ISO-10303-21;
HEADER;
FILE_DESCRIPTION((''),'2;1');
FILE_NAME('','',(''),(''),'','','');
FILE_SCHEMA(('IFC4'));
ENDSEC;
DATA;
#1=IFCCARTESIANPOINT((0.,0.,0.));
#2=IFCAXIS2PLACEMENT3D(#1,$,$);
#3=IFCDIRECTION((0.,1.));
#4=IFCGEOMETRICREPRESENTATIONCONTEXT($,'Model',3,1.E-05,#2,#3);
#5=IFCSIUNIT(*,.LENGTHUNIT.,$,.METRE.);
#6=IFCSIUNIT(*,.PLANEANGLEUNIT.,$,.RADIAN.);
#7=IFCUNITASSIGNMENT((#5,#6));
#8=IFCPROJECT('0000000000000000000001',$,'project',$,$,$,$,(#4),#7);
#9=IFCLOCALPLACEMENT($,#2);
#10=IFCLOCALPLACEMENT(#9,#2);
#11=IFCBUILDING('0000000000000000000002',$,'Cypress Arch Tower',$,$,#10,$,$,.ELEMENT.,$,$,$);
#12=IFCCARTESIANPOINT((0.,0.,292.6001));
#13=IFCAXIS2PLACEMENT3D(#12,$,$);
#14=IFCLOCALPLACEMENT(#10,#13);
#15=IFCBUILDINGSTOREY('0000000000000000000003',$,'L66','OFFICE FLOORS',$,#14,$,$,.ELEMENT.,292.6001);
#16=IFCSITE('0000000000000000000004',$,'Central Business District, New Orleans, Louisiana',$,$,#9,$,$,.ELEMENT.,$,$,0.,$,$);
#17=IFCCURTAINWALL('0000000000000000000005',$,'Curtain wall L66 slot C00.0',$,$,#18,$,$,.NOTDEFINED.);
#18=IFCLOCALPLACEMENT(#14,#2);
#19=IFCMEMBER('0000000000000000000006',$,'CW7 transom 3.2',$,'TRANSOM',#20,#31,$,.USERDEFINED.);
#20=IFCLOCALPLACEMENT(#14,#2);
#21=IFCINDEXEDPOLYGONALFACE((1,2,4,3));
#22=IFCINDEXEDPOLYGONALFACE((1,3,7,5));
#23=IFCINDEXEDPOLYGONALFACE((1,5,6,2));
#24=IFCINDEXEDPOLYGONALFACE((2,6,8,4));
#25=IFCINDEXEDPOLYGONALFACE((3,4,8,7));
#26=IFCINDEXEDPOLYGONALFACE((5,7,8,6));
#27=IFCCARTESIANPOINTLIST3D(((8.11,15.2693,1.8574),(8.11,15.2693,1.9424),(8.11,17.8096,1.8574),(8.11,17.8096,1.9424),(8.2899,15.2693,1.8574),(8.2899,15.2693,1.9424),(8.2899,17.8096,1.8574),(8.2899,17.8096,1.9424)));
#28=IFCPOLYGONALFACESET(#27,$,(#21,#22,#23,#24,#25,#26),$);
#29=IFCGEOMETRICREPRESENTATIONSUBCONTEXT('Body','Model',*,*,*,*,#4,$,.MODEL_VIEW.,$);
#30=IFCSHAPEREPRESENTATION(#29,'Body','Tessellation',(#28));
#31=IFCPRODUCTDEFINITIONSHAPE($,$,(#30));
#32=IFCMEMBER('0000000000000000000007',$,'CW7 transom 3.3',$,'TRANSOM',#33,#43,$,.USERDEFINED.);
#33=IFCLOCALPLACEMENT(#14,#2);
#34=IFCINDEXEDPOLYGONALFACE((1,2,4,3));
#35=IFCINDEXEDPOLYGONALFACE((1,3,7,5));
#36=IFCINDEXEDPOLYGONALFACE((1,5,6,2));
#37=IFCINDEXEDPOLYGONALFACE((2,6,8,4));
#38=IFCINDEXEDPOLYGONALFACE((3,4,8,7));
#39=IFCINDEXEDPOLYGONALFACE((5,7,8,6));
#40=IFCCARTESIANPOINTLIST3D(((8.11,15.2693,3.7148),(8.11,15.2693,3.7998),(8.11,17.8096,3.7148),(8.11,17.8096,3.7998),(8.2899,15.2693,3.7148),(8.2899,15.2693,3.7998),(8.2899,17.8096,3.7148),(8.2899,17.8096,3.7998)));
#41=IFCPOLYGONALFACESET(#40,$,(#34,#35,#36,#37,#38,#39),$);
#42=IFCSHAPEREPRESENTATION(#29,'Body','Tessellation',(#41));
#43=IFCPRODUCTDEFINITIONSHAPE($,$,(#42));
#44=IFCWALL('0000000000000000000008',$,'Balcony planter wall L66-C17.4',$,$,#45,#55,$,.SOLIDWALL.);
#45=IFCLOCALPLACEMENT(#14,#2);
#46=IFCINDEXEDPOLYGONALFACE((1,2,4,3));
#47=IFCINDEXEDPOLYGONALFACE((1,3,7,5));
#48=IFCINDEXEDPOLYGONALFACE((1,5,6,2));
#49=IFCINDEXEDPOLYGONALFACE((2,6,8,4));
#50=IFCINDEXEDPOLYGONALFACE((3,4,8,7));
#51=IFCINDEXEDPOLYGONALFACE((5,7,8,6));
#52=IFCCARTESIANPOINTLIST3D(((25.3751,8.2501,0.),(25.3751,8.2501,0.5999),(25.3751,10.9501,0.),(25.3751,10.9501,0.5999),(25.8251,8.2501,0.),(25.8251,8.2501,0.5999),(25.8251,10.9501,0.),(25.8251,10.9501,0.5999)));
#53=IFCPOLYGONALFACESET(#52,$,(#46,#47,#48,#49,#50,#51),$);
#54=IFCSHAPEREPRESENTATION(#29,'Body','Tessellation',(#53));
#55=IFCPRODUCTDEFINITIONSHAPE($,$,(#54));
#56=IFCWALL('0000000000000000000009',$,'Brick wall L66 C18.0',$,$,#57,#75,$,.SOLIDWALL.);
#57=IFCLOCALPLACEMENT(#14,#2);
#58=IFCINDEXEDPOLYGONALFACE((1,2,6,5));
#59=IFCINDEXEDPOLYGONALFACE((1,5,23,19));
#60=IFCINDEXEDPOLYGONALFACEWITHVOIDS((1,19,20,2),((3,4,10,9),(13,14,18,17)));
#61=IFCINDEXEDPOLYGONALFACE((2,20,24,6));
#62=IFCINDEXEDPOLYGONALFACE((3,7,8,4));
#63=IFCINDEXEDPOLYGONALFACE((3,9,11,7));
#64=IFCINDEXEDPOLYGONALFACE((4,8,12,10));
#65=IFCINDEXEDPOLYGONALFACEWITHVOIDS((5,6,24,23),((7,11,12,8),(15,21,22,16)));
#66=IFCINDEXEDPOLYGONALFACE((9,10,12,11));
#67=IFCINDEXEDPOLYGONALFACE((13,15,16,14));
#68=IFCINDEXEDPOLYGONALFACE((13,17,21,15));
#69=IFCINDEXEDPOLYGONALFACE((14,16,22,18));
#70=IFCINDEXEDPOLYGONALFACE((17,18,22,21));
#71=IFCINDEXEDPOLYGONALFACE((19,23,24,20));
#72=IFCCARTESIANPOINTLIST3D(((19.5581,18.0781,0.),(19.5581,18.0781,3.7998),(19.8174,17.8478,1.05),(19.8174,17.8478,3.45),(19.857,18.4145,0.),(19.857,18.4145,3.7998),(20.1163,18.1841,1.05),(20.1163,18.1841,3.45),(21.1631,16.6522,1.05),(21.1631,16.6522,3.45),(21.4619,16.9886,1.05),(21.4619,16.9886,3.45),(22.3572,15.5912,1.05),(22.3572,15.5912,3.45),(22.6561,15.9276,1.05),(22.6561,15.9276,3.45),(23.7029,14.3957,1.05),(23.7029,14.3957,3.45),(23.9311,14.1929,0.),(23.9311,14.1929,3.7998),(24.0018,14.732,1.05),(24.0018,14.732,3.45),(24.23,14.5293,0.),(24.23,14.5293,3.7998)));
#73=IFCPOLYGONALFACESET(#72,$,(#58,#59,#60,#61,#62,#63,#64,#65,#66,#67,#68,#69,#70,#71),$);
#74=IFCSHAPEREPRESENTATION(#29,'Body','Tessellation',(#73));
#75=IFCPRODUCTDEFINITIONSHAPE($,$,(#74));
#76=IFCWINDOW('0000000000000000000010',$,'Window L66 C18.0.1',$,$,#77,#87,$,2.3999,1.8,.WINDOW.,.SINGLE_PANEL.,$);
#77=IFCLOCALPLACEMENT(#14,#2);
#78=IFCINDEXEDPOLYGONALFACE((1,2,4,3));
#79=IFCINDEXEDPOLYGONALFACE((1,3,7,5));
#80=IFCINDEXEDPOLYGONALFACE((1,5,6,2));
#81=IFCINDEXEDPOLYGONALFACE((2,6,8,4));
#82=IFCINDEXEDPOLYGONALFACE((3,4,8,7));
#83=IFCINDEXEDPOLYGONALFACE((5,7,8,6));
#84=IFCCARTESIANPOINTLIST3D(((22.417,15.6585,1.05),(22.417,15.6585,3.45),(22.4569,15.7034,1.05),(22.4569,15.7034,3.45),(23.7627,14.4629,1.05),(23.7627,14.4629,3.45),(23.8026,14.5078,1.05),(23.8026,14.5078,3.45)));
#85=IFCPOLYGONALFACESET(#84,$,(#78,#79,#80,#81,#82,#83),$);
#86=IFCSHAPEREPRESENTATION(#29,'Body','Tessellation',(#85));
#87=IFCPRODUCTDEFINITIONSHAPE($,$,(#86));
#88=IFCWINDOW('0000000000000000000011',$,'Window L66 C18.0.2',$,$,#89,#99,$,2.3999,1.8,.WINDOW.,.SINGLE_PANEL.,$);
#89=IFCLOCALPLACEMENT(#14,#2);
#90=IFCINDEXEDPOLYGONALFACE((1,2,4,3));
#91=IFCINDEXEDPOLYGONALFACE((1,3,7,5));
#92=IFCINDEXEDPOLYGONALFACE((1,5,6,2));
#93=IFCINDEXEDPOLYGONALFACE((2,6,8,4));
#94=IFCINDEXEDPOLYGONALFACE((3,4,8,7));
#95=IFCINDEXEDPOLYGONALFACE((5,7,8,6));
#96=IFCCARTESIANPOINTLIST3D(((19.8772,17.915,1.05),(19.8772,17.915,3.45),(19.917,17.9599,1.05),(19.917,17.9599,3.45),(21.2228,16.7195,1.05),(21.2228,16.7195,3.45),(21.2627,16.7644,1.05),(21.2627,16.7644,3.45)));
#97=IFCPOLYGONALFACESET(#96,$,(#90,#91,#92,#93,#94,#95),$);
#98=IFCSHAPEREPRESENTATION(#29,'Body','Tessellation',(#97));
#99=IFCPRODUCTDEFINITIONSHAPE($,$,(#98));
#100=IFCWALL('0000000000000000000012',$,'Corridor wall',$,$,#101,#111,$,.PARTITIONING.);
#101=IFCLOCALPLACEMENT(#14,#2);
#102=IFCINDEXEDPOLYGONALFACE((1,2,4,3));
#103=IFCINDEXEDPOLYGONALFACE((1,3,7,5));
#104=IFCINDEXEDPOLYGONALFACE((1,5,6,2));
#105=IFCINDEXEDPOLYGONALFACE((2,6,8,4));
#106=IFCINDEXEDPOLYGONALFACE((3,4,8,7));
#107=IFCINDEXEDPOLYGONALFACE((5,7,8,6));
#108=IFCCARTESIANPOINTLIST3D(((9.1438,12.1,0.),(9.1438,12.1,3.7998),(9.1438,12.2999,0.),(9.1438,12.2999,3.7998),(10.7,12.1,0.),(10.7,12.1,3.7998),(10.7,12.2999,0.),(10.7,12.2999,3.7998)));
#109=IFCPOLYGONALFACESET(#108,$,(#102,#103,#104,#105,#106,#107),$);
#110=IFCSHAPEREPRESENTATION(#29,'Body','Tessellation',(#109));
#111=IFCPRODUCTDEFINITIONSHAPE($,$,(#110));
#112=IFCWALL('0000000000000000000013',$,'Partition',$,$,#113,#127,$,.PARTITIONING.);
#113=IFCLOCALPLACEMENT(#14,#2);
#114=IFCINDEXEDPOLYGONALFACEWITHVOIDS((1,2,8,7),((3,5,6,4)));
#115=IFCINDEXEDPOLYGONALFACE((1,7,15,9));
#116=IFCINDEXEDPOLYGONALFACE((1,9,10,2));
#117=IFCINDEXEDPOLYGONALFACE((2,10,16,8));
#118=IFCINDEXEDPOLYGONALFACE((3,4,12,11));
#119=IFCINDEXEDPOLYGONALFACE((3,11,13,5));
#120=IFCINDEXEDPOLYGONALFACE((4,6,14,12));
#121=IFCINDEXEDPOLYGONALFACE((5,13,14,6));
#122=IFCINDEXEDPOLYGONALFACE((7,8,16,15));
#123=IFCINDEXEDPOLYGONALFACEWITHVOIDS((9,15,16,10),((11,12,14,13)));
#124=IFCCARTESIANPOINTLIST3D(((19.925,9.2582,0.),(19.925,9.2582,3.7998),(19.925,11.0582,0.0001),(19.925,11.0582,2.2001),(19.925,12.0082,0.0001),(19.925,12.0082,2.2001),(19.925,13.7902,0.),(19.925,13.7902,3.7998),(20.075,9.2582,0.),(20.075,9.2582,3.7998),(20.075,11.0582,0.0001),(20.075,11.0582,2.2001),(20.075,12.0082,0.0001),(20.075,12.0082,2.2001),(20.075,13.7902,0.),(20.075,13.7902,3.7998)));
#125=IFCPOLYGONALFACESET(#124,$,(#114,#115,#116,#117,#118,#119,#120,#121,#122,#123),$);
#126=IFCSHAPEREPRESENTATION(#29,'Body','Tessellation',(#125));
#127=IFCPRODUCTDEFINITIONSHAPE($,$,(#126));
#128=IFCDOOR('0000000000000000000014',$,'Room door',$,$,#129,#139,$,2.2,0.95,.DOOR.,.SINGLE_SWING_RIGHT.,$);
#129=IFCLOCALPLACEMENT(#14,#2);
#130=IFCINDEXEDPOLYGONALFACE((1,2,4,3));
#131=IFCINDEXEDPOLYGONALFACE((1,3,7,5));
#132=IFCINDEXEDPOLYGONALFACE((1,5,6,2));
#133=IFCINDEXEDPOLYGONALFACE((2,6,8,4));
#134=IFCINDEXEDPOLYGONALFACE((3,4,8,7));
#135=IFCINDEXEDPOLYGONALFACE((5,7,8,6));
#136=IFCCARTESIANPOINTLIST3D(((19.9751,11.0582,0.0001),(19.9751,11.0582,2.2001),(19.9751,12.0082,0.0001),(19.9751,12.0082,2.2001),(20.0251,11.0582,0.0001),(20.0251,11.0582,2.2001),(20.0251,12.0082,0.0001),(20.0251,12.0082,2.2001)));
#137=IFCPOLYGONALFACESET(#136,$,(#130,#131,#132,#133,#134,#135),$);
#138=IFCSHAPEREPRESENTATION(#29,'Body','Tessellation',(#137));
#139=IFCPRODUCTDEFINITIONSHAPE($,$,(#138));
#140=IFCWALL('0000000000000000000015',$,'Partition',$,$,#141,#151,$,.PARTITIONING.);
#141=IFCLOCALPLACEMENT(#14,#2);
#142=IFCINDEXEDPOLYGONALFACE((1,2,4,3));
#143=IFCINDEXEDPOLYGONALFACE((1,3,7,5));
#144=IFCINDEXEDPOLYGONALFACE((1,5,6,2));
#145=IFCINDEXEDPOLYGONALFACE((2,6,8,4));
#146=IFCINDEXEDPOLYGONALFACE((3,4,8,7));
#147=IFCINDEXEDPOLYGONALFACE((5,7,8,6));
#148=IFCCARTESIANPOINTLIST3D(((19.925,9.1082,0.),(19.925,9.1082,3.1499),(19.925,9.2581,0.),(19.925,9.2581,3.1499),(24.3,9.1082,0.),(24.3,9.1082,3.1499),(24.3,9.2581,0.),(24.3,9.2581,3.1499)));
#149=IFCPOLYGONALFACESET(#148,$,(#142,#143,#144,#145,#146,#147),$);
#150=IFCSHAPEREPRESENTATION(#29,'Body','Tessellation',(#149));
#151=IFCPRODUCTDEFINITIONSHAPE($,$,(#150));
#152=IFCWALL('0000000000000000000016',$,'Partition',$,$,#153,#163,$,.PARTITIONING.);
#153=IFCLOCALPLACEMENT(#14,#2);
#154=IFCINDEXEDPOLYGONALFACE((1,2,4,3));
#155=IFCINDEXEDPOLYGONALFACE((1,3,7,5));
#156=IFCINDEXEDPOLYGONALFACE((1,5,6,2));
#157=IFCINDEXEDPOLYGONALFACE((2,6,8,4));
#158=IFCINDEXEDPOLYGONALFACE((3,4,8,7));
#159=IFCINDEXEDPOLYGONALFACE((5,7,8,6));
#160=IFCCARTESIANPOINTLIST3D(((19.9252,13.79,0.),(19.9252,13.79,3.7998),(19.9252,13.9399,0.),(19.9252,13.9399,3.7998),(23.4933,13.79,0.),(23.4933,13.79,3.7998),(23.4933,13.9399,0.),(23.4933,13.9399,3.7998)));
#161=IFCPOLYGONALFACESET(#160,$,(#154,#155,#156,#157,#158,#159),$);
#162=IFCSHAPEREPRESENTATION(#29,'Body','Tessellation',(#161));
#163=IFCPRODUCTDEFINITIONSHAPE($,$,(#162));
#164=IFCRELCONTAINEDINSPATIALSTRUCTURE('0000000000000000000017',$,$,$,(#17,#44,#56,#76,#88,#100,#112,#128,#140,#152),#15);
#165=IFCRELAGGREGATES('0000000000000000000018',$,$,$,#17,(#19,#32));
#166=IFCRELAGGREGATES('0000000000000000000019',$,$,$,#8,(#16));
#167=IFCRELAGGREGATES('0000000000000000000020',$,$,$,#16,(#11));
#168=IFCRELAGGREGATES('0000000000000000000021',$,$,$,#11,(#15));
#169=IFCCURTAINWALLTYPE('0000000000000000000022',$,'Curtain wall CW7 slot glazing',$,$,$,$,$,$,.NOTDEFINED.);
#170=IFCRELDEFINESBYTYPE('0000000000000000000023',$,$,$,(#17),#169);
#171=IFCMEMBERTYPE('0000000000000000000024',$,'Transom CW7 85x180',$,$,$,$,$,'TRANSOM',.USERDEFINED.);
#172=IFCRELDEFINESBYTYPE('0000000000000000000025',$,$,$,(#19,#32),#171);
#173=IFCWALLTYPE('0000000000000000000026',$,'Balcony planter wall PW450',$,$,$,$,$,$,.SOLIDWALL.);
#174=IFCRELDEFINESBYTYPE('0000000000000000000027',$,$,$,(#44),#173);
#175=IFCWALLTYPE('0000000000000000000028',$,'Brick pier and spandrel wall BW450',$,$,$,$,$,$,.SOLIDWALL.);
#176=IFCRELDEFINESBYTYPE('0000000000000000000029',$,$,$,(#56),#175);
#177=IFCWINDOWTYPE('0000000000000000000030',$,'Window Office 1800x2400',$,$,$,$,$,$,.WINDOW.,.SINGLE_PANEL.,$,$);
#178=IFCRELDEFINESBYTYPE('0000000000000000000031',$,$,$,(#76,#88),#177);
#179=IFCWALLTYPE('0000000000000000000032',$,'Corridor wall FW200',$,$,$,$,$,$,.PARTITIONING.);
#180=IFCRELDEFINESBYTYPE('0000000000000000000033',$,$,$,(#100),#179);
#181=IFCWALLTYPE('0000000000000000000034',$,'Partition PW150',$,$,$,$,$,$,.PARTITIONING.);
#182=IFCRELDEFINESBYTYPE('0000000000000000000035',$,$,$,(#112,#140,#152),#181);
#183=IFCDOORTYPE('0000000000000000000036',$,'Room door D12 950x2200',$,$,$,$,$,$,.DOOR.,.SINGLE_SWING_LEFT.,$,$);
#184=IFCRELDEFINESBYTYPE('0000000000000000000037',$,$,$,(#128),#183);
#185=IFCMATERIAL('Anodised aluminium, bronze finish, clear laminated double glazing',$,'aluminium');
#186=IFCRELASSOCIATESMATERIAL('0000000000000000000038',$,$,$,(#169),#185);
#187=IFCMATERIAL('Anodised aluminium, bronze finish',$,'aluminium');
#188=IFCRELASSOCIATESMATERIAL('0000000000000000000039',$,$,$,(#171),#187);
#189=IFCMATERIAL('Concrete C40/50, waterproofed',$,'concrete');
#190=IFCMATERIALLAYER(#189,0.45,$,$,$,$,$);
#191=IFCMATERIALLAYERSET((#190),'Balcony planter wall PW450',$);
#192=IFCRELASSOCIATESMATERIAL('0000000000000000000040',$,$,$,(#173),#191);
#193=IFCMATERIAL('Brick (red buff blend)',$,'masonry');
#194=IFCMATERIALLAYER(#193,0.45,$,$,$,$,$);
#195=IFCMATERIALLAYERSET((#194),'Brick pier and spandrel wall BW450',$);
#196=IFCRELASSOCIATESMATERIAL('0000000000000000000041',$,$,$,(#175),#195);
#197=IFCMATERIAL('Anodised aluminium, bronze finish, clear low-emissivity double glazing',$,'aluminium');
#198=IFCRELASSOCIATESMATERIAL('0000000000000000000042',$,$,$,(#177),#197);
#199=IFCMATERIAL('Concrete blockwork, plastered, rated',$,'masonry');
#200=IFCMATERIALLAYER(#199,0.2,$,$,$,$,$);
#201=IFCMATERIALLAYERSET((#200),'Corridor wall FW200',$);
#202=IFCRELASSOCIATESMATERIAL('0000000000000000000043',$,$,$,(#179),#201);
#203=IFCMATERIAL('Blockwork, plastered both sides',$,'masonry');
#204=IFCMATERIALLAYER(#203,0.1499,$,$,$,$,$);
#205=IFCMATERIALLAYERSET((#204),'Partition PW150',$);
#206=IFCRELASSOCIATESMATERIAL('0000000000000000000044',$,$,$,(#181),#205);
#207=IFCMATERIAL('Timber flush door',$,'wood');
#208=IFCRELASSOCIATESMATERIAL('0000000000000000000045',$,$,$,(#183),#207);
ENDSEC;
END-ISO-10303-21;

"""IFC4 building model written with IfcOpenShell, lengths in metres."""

from ifc_helpers import new_model, si_unit, direction, frame, frame_2d, origin, origin_2d, place, context, subcontext, project, spatial, rectangle, extrude, material, layer, layer_set, material_profile, profile_set, type_object, element, fill, aggregate, save


model = new_model("IFC4")

# Units and contexts
model_context = context("Model", 3, precision=1e-05, world=origin(), true_north=direction((0.0, 1.0)))
body_context = subcontext(model_context, "Body", "Model", "MODEL_VIEW")
ifc_project = project(units=[si_unit("LENGTHUNIT", "METRE"), si_unit("PLANEANGLEUNIT", "RADIAN")], contexts=[model_context])

# Site, building, storey
site_placement = place(None, origin())
site = spatial("IfcSite", under=ifc_project, at=site_placement, Name="Central Business District, New Orleans, Louisiana", CompositionType="ELEMENT", RefElevation=0.0)
building_placement = place(site_placement, origin())
building = spatial("IfcBuilding", under=site, at=building_placement, Name="Cypress Arch Tower", CompositionType="ELEMENT")
storey_placement = place(building_placement, frame((0.0, 0.0, 292.6001)))
storey = spatial("IfcBuildingStorey", under=building, at=storey_placement, Name="L66", Description="OFFICE FLOORS", CompositionType="ELEMENT", Elevation=292.6001)

# Curtain wall
ifc_material_1 = material(Name="Anodised aluminium, bronze finish, clear laminated double glazing", Category="aluminium")
curtain_wall_type = type_object("IfcCurtainWallType", Name="Curtain wall CW7 slot glazing", PredefinedType="NOTDEFINED", material=ifc_material_1)
curtain_wall_placement = place(storey_placement, origin())
curtain_wall = element("IfcCurtainWall", 1, at=curtain_wall_placement, inside=storey, type_object=curtain_wall_type, Name="Curtain wall L66 slot C00.0", PredefinedType="NOTDEFINED")

# Members
ifc_material_2 = material(Name="Anodised aluminium, bronze finish", Category="aluminium")
ifc_material_profile_1 = material_profile(ifc_material_2, rectangle(XDim=0.1799, YDim=0.085, at=origin_2d()), Name="Transom 85x180")
ifc_profile_set_1 = profile_set([ifc_material_profile_1], Name="Anodised aluminium, bronze finish")
member_type_1 = type_object("IfcMemberType", Name="Transom CW7 85x180", ElementType="TRANSOM", PredefinedType="USERDEFINED", material=ifc_profile_set_1)
member_1_placement = place(storey_placement, frame((8.2, 17.8096, 1.8999), z_axis=(0.0, -1.0, 0.0), x_axis=(1.0, 0.0, 0.0)))
member_1 = element("IfcMember", 2, at=member_1_placement, type_object=member_type_1, Name="CW7 transom 3.2", ObjectType="TRANSOM", PredefinedType="USERDEFINED", context=body_context, shape_type="SweptSolid", body=[
    extrude(rectangle(XDim=0.1799, YDim=0.085, at=origin_2d()), origin(), (0.0, 0.0, 1.0), 2.5403),
])
member_2_placement = place(storey_placement, frame((8.2, 17.8096, 3.7573), z_axis=(0.0, -1.0, 0.0), x_axis=(1.0, 0.0, 0.0)))
member_2 = element("IfcMember", 3, at=member_2_placement, type_object=member_type_1, Name="CW7 transom 3.3", ObjectType="TRANSOM", PredefinedType="USERDEFINED", context=body_context, shape_type="SweptSolid", body=[
    extrude(rectangle(XDim=0.1799, YDim=0.085, at=origin_2d()), origin(), (0.0, 0.0, 1.0), 2.5403),
])
aggregate(curtain_wall, [member_1, member_2])

# Wall
ifc_material_3 = material(Name="Concrete C40/50, waterproofed", Category="concrete")
ifc_layer_1 = layer(ifc_material_3, 0.45)
ifc_layer_set_1 = layer_set([ifc_layer_1], Name="Balcony planter wall PW450")
wall_type_1 = type_object("IfcWallType", Name="Balcony planter wall PW450", PredefinedType="SOLIDWALL", material=ifc_layer_set_1)
wall_1_placement = place(storey_placement, frame((25.6001, 8.25, 0.0), z_axis=(0.0, 0.0, 1.0), x_axis=(0.0, 1.0, 0.0)))
element("IfcWall", 4, at=wall_1_placement, inside=storey, type_object=wall_type_1, Name="Balcony planter wall L66-C17.4", PredefinedType="SOLIDWALL", context=body_context, shape_type="SweptSolid", body=[
    extrude(rectangle(XDim=2.7, YDim=0.45, at=frame_2d((1.3501, 0.0))), origin(), (0.0, 0.0, 1.0), 0.5999),
])

# Shared definitions
ifc_material_4 = material(Name="Brick (red buff blend)", Category="masonry")
ifc_layer_2 = layer(ifc_material_4, 0.45)
ifc_layer_set_2 = layer_set([ifc_layer_2], Name="Brick pier and spandrel wall BW450")
wall_type_2 = type_object("IfcWallType", Name="Brick pier and spandrel wall BW450", PredefinedType="SOLIDWALL", material=ifc_layer_set_2)

# Wall, openings, windows
wall_2_placement = place(storey_placement, frame((24.0806, 14.3611, 0.0), z_axis=(0.0, 0.0, 1.0), x_axis=(-0.74757, 0.664182, 0.0)))
wall_2 = element("IfcWall", 5, at=wall_2_placement, inside=storey, type_object=wall_type_2, Name="Brick wall L66 C18.0", PredefinedType="SOLIDWALL", context=body_context, shape_type="SweptSolid", body=[
    extrude(rectangle(XDim=5.8496, YDim=0.45, at=frame_2d((2.9248, 0.0))), origin(), (0.0, 0.0, 1.0), 3.7998),
])
opening_1_placement = place(wall_2_placement, frame((0.3054, 0.0, 1.05)))
opening_1 = element("IfcOpeningElement", 6, at=opening_1_placement, cuts=wall_2, PredefinedType="OPENING", context=body_context, shape_type="SweptSolid", body=[
    extrude(rectangle(XDim=1.8, YDim=2.3999, at=frame_2d((0.8999, 1.2))), frame((0.0, 0.2349, 0.0), z_axis=(0.0, -1.0, 0.0), x_axis=(1.0, 0.0, 0.0)), (0.0, 0.0, 1.0), 0.47),
])
opening_2_placement = place(wall_2_placement, frame((3.7029, 0.0, 1.05)))
opening_2 = element("IfcOpeningElement", 7, at=opening_2_placement, cuts=wall_2, PredefinedType="OPENING", context=body_context, shape_type="SweptSolid", body=[
    extrude(rectangle(XDim=1.8, YDim=2.3999, at=frame_2d((0.8999, 1.2))), frame((0.0, 0.2349, 0.0), z_axis=(0.0, -1.0, 0.0), x_axis=(1.0, 0.0, 0.0)), (0.0, 0.0, 1.0), 0.47),
])
ifc_material_5 = material(Name="Anodised aluminium, bronze finish, clear low-emissivity double glazing", Category="aluminium")
window_type_1 = type_object("IfcWindowType", Name="Window Office 1800x2400", PartitioningType="SINGLE_PANEL", PredefinedType="WINDOW", material=ifc_material_5)
window_1_placement = place(opening_1_placement, origin())
window_1 = element("IfcWindow", 8, at=window_1_placement, inside=storey, type_object=window_type_1, Name="Window L66 C18.0.1", OverallHeight=2.3999, OverallWidth=1.8, PartitioningType="SINGLE_PANEL", PredefinedType="WINDOW", context=body_context, shape_type="SweptSolid", body=[
    extrude(rectangle(XDim=1.8, YDim=2.3999, at=frame_2d((0.8999, 1.2))), frame((0.0, 0.135, 0.0), z_axis=(0.0, -1.0, 0.0), x_axis=(1.0, 0.0, 0.0)), (0.0, 0.0, 1.0), 0.0601),
])
fill(opening_1, window_1)
window_2_placement = place(opening_2_placement, origin())
window_2 = element("IfcWindow", 9, at=window_2_placement, inside=storey, type_object=window_type_1, Name="Window L66 C18.0.2", OverallHeight=2.3999, OverallWidth=1.8, PartitioningType="SINGLE_PANEL", PredefinedType="WINDOW", context=body_context, shape_type="SweptSolid", body=[
    extrude(rectangle(XDim=1.8, YDim=2.3999, at=frame_2d((0.8999, 1.2))), frame((0.0, 0.135, 0.0), z_axis=(0.0, -1.0, 0.0), x_axis=(1.0, 0.0, 0.0)), (0.0, 0.0, 1.0), 0.0601),
])
fill(opening_2, window_2)

# Wall
ifc_material_6 = material(Name="Concrete blockwork, plastered, rated", Category="masonry")
ifc_layer_3 = layer(ifc_material_6, 0.2)
ifc_layer_set_3 = layer_set([ifc_layer_3], Name="Corridor wall FW200")
wall_type_3 = type_object("IfcWallType", Name="Corridor wall FW200", PredefinedType="PARTITIONING", material=ifc_layer_set_3)
wall_3_placement = place(storey_placement, frame((9.1438, 12.2, 0.0), z_axis=(0.0, 0.0, 1.0), x_axis=(1.0, 0.0, 0.0)))
element("IfcWall", 10, at=wall_3_placement, inside=storey, type_object=wall_type_3, Name="Corridor wall", PredefinedType="PARTITIONING", context=body_context, shape_type="SweptSolid", body=[
    extrude(rectangle(XDim=1.5562, YDim=0.2, at=frame_2d((0.7781, 0.0))), origin(), (0.0, 0.0, 1.0), 3.7998),
])

# Wall, opening, door
ifc_material_7 = material(Name="Blockwork, plastered both sides", Category="masonry")
ifc_layer_4 = layer(ifc_material_7, 0.1499)
ifc_layer_set_4 = layer_set([ifc_layer_4], Name="Partition PW150")
wall_type_4 = type_object("IfcWallType", Name="Partition PW150", PredefinedType="PARTITIONING", material=ifc_layer_set_4)
wall_4_placement = place(storey_placement, frame((20.0, 9.2581, 0.0), z_axis=(0.0, 0.0, 1.0), x_axis=(0.0, 1.0, 0.0)))
wall_4 = element("IfcWall", 11, at=wall_4_placement, inside=storey, type_object=wall_type_4, Name="Partition", PredefinedType="PARTITIONING", context=body_context, shape_type="SweptSolid", body=[
    extrude(rectangle(XDim=4.532, YDim=0.1499, at=frame_2d((2.2661, 0.0))), origin(), (0.0, 0.0, 1.0), 3.7998),
])
opening_3_placement = place(wall_4_placement, frame((1.8, 0.0, 0.0)))
opening_3 = element("IfcOpeningElement", 12, at=opening_3_placement, cuts=wall_4, PredefinedType="OPENING", context=body_context, shape_type="SweptSolid", body=[
    extrude(rectangle(XDim=0.95, YDim=2.2, at=frame_2d((0.4751, 1.1001))), frame((0.0, 0.085, 0.0), z_axis=(0.0, -1.0, 0.0), x_axis=(1.0, 0.0, 0.0)), (0.0, 0.0, 1.0), 0.1699),
])
ifc_material_8 = material(Name="Timber flush door", Category="wood")
door_type_1 = type_object("IfcDoorType", Name="Room door D12 950x2200", OperationType="SINGLE_SWING_LEFT", PredefinedType="DOOR", material=ifc_material_8)
door_1_placement = place(opening_3_placement, origin())
door_1 = element("IfcDoor", 13, at=door_1_placement, inside=storey, type_object=door_type_1, Name="Room door", OperationType="SINGLE_SWING_RIGHT", OverallHeight=2.2, OverallWidth=0.95, PredefinedType="DOOR", context=body_context, shape_type="SweptSolid", body=[
    extrude(rectangle(XDim=0.95, YDim=2.2, at=frame_2d((0.4751, 1.1001))), frame((0.0, 0.0249, 0.0), z_axis=(0.0, -1.0, 0.0), x_axis=(1.0, 0.0, 0.0)), (0.0, 0.0, 1.0), 0.05),
])
fill(opening_3, door_1)

# Walls
wall_5_placement = place(storey_placement, frame((19.925, 9.1831, 0.0), z_axis=(0.0, 0.0, 1.0), x_axis=(1.0, 0.0, 0.0)))
element("IfcWall", 14, at=wall_5_placement, inside=storey, type_object=wall_type_4, Name="Partition", PredefinedType="PARTITIONING", context=body_context, shape_type="SweptSolid", body=[
    extrude(rectangle(XDim=4.375, YDim=0.1499, at=frame_2d((2.1875, 0.0))), origin(), (0.0, 0.0, 1.0), 3.1499),
])
wall_6_placement = place(storey_placement, frame((19.925, 13.865, 0.0), z_axis=(0.0, 0.0, 1.0), x_axis=(1.0, 0.0, 0.0)))
element("IfcWall", 15, at=wall_6_placement, inside=storey, type_object=wall_type_4, Name="Partition", PredefinedType="PARTITIONING", context=body_context, shape_type="SweptSolid", body=[
    extrude(rectangle(XDim=3.5681, YDim=0.1499, at=frame_2d((1.7842, 0.0))), origin(), (0.0, 0.0, 1.0), 3.7998),
])

save(model, "model.ifc")
